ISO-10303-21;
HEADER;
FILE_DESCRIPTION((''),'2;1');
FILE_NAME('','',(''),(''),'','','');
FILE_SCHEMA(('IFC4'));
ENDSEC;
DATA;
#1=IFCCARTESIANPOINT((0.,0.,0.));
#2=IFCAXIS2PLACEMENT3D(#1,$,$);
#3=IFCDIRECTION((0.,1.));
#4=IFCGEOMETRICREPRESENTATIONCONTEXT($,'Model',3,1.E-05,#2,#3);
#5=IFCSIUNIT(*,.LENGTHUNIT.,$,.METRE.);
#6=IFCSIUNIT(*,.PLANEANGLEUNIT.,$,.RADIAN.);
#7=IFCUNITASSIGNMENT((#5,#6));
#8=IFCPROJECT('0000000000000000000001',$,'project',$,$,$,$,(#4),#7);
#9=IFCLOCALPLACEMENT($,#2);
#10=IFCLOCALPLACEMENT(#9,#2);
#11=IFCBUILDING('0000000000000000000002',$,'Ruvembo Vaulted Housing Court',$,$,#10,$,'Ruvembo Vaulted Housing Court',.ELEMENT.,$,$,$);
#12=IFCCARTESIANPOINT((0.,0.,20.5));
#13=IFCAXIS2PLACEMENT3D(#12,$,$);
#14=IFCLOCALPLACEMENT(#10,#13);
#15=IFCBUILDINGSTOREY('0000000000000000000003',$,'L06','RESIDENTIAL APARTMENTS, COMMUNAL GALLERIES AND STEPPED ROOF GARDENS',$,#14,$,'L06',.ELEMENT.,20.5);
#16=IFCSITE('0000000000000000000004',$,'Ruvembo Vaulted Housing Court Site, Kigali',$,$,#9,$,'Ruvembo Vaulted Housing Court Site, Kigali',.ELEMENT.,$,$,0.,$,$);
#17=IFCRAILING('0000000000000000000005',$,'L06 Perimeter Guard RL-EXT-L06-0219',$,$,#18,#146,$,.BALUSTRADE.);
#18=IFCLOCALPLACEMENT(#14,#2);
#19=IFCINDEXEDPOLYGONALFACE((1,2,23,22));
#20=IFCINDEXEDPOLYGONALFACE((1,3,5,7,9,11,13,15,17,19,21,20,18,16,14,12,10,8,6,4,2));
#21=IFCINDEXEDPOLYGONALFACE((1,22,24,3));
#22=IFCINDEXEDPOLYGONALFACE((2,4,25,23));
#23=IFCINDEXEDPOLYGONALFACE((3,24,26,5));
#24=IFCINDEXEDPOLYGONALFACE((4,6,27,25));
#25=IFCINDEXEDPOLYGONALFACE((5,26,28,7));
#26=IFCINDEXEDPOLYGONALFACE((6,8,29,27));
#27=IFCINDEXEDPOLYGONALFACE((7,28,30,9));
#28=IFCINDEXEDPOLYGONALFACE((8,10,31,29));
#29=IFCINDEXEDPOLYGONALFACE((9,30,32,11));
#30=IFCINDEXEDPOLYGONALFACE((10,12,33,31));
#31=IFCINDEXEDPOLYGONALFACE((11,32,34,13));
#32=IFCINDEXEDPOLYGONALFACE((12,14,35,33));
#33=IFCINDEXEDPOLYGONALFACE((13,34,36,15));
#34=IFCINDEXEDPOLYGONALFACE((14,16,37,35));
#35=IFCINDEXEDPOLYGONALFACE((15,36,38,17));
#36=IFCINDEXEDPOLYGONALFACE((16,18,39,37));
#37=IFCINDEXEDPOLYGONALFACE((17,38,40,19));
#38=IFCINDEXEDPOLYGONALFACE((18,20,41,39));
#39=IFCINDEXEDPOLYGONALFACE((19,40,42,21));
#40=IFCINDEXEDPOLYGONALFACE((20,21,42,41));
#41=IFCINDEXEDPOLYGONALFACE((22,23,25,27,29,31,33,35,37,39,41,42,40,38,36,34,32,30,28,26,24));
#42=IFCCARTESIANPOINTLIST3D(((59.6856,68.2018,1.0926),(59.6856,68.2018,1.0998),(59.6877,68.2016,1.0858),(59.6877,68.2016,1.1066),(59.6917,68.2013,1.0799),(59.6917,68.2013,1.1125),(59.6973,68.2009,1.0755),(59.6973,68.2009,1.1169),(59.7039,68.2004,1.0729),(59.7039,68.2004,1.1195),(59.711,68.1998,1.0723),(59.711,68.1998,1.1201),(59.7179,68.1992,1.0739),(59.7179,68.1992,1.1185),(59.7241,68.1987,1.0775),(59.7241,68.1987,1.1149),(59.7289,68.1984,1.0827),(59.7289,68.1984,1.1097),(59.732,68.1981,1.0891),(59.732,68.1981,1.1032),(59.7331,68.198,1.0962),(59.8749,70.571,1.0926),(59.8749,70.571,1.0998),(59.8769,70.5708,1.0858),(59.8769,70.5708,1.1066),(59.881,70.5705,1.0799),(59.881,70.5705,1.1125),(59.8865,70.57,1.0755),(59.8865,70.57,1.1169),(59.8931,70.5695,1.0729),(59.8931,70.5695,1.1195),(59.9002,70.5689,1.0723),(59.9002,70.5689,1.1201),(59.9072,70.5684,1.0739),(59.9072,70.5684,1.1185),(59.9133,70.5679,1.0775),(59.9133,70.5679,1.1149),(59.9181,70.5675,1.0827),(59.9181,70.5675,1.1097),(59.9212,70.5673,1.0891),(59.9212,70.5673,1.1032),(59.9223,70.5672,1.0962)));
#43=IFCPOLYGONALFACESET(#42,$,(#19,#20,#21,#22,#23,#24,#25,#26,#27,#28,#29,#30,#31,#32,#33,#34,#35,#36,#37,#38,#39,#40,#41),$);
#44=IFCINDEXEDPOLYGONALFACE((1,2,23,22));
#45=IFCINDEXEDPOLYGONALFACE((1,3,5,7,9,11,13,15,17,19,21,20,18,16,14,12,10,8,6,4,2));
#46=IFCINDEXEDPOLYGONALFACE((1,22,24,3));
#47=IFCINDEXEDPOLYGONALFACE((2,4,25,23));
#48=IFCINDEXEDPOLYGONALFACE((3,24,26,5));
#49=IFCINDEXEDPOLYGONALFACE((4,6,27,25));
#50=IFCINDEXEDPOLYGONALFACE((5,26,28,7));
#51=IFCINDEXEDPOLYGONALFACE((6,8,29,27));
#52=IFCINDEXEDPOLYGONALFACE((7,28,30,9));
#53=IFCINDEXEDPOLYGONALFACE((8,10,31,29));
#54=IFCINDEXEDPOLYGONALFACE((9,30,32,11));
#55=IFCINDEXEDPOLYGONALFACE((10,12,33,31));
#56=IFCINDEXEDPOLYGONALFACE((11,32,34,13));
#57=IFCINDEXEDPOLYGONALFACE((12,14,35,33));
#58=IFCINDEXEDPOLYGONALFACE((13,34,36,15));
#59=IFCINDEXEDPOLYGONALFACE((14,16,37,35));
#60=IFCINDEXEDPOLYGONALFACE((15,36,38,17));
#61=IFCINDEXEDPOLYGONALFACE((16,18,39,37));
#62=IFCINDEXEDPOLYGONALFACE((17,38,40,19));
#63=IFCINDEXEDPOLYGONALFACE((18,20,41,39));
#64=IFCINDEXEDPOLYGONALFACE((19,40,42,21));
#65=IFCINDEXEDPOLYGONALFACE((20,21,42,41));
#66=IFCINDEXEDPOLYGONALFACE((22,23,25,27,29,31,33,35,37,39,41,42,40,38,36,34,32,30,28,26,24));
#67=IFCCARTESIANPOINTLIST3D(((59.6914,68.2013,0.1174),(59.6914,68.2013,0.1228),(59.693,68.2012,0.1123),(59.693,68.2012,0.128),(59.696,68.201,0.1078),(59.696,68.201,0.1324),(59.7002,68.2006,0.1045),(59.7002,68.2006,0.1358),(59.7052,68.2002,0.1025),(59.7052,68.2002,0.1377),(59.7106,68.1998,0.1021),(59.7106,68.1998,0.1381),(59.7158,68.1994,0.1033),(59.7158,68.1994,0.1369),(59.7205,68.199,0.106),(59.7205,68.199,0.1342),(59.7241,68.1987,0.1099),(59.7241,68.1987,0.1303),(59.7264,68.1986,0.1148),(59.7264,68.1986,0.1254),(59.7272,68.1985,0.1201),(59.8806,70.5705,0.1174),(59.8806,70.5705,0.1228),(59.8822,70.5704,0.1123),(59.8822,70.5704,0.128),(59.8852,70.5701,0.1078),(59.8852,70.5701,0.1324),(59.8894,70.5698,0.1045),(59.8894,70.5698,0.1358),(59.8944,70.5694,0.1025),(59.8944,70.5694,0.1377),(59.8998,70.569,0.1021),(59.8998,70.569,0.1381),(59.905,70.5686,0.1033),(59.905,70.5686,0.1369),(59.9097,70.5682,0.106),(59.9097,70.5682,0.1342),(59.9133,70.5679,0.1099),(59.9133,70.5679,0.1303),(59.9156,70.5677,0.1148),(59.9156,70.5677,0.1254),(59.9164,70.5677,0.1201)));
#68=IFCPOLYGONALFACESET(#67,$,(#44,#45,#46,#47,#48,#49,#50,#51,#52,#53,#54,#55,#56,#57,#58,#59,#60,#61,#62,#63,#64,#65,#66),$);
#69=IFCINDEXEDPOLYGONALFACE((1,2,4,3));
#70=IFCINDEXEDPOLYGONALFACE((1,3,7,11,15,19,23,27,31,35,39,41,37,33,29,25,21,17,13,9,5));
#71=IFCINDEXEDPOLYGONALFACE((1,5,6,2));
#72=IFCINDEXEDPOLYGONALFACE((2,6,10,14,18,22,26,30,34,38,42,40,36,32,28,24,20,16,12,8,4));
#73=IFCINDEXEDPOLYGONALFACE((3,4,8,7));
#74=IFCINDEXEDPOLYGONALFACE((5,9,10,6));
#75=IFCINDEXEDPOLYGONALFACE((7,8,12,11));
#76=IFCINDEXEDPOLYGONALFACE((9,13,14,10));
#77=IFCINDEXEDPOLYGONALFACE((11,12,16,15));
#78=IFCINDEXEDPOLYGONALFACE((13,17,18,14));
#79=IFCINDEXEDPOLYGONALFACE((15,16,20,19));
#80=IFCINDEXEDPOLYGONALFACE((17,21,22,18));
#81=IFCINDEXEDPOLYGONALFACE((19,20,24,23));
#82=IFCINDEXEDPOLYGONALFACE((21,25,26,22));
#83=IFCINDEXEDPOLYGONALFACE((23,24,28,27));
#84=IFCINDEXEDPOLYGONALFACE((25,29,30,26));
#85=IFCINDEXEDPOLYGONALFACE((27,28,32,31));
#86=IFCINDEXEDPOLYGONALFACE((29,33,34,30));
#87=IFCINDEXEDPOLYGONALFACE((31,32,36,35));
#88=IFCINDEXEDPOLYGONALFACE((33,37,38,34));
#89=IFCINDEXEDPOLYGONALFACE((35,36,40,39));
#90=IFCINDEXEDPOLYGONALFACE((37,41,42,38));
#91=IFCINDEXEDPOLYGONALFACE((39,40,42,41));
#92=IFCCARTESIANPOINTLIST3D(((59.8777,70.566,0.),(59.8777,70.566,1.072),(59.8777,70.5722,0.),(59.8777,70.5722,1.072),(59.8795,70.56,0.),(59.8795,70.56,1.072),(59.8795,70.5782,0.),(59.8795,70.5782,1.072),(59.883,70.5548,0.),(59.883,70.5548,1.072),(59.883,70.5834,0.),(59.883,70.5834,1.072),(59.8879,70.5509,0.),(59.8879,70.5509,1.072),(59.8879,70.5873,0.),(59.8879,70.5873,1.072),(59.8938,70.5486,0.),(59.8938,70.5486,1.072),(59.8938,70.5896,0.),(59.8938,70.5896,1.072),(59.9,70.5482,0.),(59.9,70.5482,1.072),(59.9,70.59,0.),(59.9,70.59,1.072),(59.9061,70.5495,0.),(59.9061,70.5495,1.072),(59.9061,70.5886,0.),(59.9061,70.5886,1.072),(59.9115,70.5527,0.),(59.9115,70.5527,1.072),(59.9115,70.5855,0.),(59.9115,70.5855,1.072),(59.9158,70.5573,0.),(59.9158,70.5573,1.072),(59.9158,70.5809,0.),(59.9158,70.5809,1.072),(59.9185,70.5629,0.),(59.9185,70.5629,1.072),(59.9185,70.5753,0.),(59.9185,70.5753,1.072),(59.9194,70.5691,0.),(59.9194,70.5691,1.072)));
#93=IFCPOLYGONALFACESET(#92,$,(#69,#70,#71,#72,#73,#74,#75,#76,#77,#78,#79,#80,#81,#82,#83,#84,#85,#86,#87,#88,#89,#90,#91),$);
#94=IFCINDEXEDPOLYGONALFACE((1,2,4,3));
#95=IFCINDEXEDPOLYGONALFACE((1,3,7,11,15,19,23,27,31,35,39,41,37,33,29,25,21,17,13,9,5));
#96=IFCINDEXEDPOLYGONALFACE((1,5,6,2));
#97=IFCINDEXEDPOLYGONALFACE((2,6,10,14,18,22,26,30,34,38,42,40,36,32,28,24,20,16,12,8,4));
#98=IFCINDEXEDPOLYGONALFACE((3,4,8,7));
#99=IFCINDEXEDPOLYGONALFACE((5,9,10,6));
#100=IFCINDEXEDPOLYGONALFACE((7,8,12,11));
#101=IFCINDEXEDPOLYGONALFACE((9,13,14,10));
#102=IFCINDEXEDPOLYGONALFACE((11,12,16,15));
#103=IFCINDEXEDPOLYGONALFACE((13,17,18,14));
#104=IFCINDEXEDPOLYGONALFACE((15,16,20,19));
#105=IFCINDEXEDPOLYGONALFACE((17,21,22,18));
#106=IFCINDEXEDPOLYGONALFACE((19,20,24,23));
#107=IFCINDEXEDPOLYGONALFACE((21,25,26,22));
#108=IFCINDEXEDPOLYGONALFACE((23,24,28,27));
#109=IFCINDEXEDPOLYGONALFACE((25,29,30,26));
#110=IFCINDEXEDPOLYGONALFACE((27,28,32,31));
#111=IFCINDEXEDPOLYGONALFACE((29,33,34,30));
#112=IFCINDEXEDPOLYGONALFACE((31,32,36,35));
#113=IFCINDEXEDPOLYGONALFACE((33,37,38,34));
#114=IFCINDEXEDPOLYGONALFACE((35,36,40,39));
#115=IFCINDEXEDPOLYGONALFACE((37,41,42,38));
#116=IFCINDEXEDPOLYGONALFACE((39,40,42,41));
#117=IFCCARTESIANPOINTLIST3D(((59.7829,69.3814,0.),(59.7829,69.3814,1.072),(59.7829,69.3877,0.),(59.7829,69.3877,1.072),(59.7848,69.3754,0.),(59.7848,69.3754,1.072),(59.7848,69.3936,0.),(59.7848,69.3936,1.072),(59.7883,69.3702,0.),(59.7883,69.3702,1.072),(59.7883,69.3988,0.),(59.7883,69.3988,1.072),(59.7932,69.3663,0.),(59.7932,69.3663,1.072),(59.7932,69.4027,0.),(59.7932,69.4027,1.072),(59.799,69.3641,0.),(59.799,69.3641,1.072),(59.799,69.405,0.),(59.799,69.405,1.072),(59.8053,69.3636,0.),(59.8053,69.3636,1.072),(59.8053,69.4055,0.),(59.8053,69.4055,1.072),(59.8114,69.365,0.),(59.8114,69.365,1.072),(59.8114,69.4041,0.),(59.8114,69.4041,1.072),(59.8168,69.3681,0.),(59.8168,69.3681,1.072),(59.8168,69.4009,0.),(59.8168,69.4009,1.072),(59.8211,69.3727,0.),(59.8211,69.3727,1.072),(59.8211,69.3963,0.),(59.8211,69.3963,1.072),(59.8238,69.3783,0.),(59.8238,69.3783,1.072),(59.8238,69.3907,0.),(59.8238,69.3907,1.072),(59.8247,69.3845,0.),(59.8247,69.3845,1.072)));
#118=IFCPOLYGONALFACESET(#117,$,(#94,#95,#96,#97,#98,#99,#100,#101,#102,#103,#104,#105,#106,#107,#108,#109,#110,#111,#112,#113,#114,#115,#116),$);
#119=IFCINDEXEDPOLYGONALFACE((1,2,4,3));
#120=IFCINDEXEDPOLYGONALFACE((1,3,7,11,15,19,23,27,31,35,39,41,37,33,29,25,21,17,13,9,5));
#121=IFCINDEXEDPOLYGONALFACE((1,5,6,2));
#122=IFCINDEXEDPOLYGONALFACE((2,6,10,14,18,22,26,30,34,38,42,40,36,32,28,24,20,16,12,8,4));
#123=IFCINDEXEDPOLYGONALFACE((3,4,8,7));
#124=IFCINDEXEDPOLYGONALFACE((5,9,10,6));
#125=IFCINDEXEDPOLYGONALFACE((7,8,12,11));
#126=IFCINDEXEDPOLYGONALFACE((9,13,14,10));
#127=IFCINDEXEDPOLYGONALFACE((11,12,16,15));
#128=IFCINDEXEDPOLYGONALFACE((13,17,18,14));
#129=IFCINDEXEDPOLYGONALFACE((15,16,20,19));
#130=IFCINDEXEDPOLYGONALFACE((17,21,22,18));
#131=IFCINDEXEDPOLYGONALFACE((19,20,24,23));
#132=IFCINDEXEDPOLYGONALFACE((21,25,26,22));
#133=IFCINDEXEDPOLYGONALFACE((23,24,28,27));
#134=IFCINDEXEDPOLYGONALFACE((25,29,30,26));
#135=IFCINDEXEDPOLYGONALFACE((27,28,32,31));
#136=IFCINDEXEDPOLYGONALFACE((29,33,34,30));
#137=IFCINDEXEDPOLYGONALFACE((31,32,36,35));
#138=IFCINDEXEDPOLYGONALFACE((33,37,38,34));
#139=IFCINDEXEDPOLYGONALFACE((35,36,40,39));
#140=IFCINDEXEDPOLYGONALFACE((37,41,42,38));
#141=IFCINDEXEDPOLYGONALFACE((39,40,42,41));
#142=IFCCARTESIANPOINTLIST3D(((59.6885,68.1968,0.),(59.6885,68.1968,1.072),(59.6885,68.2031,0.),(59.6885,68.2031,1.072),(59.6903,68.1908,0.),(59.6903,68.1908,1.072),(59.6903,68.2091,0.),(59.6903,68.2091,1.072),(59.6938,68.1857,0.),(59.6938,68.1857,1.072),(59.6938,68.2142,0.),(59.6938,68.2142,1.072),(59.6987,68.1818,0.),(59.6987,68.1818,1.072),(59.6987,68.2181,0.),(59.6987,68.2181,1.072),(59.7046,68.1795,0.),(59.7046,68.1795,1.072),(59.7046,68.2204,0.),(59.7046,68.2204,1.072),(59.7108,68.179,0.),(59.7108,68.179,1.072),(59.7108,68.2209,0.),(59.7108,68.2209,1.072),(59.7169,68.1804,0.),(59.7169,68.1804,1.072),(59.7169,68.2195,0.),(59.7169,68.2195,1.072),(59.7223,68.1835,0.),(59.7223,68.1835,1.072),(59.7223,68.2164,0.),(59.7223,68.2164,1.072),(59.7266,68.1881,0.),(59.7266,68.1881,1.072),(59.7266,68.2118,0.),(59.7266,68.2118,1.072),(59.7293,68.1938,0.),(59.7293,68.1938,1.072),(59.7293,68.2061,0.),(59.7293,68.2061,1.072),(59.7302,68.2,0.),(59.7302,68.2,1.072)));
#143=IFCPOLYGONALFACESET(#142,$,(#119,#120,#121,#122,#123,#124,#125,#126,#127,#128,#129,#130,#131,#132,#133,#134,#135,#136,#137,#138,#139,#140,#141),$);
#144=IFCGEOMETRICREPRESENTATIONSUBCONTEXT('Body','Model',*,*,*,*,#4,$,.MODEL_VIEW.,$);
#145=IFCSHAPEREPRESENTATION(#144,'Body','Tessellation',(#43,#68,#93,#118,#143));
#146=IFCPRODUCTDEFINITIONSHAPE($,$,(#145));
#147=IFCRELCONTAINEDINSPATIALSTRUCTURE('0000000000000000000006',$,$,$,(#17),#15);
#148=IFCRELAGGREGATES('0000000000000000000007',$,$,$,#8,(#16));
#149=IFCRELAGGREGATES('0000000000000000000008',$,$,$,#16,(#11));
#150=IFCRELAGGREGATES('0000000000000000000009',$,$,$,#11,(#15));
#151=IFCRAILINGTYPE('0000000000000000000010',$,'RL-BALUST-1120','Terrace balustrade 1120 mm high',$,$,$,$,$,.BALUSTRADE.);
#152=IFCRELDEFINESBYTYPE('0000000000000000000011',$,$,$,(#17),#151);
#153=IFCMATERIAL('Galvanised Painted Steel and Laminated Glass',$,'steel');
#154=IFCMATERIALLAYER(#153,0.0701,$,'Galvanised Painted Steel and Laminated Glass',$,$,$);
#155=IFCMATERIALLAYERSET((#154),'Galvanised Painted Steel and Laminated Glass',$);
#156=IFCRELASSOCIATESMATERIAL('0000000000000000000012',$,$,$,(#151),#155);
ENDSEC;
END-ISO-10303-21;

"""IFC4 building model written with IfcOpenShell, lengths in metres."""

from ifc_helpers import new_model, si_unit, direction, frame, origin, origin_2d, place, context, subcontext, project, spatial, circle, extrude, material, layer, layer_set, type_object, element, save


model = new_model("IFC4")

# Units and contexts
model_context = context("Model", 3, precision=1e-05, world=origin(), true_north=direction((0.0, 1.0)))
body_context = subcontext(model_context, "Body", "Model", "MODEL_VIEW")
ifc_project = project(units=[si_unit("LENGTHUNIT", "METRE"), si_unit("PLANEANGLEUNIT", "RADIAN")], contexts=[model_context])

# Site, building, storey
site_placement = place(None, origin())
site = spatial("IfcSite", under=ifc_project, at=site_placement, Name="Ruvembo Vaulted Housing Court Site, Kigali", LongName="Ruvembo Vaulted Housing Court Site, Kigali", CompositionType="ELEMENT", RefElevation=0.0)
building_placement = place(site_placement, origin())
building = spatial("IfcBuilding", under=site, at=building_placement, Name="Ruvembo Vaulted Housing Court", LongName="Ruvembo Vaulted Housing Court", CompositionType="ELEMENT")
storey_placement = place(building_placement, frame((0.0, 0.0, 20.5)))
storey = spatial("IfcBuildingStorey", under=building, at=storey_placement, Name="L06", Description="RESIDENTIAL APARTMENTS, COMMUNAL GALLERIES AND STEPPED ROOF GARDENS", LongName="L06", CompositionType="ELEMENT", Elevation=20.5)

# Railing
ifc_material_1 = material(Name="Galvanised Painted Steel and Laminated Glass", Category="steel")
ifc_layer = layer(ifc_material_1, 0.0701, Name="Galvanised Painted Steel and Laminated Glass")
ifc_layer_set = layer_set([ifc_layer], Name="Galvanised Painted Steel and Laminated Glass")
railing_type = type_object("IfcRailingType", Name="RL-BALUST-1120", Description="Terrace balustrade 1120 mm high", PredefinedType="BALUSTRADE", material=ifc_layer_set)
railing_1_placement = place(storey_placement, frame((59.8984, 70.5691, 0.0)))
element("IfcRailing", 1, at=railing_1_placement, inside=storey, type_object=railing_type, Name="L06 Perimeter Guard RL-EXT-L06-0219", PredefinedType="BALUSTRADE", context=body_context, shape_type="SweptSolid", body=[
    extrude(circle(Radius=0.0239, at=origin_2d()), frame((0.0, 0.0, 1.0962), z_axis=(-0.07961, -0.996826, 0.0), x_axis=(0.996826, -0.07961, 0.0)), (0.0, 0.0, 1.0), 2.3767),
    extrude(circle(Radius=0.0181, at=origin_2d()), frame((0.0, 0.0, 0.1201), z_axis=(-0.07961, -0.996826, 0.0), x_axis=(0.996826, -0.07961, 0.0)), (0.0, 0.0, 1.0), 2.3767),
    extrude(circle(Radius=0.021, at=origin_2d()), origin(), (0.0, 0.0, 1.0), 1.072),
    extrude(circle(Radius=0.021, at=origin_2d()), frame((-0.0947, -1.1846, 0.0)), (0.0, 0.0, 1.0), 1.072),
    extrude(circle(Radius=0.021, at=origin_2d()), frame((-0.1892, -2.3691, 0.0)), (0.0, 0.0, 1.0), 1.072),
])

save(model, "model.ifc")
